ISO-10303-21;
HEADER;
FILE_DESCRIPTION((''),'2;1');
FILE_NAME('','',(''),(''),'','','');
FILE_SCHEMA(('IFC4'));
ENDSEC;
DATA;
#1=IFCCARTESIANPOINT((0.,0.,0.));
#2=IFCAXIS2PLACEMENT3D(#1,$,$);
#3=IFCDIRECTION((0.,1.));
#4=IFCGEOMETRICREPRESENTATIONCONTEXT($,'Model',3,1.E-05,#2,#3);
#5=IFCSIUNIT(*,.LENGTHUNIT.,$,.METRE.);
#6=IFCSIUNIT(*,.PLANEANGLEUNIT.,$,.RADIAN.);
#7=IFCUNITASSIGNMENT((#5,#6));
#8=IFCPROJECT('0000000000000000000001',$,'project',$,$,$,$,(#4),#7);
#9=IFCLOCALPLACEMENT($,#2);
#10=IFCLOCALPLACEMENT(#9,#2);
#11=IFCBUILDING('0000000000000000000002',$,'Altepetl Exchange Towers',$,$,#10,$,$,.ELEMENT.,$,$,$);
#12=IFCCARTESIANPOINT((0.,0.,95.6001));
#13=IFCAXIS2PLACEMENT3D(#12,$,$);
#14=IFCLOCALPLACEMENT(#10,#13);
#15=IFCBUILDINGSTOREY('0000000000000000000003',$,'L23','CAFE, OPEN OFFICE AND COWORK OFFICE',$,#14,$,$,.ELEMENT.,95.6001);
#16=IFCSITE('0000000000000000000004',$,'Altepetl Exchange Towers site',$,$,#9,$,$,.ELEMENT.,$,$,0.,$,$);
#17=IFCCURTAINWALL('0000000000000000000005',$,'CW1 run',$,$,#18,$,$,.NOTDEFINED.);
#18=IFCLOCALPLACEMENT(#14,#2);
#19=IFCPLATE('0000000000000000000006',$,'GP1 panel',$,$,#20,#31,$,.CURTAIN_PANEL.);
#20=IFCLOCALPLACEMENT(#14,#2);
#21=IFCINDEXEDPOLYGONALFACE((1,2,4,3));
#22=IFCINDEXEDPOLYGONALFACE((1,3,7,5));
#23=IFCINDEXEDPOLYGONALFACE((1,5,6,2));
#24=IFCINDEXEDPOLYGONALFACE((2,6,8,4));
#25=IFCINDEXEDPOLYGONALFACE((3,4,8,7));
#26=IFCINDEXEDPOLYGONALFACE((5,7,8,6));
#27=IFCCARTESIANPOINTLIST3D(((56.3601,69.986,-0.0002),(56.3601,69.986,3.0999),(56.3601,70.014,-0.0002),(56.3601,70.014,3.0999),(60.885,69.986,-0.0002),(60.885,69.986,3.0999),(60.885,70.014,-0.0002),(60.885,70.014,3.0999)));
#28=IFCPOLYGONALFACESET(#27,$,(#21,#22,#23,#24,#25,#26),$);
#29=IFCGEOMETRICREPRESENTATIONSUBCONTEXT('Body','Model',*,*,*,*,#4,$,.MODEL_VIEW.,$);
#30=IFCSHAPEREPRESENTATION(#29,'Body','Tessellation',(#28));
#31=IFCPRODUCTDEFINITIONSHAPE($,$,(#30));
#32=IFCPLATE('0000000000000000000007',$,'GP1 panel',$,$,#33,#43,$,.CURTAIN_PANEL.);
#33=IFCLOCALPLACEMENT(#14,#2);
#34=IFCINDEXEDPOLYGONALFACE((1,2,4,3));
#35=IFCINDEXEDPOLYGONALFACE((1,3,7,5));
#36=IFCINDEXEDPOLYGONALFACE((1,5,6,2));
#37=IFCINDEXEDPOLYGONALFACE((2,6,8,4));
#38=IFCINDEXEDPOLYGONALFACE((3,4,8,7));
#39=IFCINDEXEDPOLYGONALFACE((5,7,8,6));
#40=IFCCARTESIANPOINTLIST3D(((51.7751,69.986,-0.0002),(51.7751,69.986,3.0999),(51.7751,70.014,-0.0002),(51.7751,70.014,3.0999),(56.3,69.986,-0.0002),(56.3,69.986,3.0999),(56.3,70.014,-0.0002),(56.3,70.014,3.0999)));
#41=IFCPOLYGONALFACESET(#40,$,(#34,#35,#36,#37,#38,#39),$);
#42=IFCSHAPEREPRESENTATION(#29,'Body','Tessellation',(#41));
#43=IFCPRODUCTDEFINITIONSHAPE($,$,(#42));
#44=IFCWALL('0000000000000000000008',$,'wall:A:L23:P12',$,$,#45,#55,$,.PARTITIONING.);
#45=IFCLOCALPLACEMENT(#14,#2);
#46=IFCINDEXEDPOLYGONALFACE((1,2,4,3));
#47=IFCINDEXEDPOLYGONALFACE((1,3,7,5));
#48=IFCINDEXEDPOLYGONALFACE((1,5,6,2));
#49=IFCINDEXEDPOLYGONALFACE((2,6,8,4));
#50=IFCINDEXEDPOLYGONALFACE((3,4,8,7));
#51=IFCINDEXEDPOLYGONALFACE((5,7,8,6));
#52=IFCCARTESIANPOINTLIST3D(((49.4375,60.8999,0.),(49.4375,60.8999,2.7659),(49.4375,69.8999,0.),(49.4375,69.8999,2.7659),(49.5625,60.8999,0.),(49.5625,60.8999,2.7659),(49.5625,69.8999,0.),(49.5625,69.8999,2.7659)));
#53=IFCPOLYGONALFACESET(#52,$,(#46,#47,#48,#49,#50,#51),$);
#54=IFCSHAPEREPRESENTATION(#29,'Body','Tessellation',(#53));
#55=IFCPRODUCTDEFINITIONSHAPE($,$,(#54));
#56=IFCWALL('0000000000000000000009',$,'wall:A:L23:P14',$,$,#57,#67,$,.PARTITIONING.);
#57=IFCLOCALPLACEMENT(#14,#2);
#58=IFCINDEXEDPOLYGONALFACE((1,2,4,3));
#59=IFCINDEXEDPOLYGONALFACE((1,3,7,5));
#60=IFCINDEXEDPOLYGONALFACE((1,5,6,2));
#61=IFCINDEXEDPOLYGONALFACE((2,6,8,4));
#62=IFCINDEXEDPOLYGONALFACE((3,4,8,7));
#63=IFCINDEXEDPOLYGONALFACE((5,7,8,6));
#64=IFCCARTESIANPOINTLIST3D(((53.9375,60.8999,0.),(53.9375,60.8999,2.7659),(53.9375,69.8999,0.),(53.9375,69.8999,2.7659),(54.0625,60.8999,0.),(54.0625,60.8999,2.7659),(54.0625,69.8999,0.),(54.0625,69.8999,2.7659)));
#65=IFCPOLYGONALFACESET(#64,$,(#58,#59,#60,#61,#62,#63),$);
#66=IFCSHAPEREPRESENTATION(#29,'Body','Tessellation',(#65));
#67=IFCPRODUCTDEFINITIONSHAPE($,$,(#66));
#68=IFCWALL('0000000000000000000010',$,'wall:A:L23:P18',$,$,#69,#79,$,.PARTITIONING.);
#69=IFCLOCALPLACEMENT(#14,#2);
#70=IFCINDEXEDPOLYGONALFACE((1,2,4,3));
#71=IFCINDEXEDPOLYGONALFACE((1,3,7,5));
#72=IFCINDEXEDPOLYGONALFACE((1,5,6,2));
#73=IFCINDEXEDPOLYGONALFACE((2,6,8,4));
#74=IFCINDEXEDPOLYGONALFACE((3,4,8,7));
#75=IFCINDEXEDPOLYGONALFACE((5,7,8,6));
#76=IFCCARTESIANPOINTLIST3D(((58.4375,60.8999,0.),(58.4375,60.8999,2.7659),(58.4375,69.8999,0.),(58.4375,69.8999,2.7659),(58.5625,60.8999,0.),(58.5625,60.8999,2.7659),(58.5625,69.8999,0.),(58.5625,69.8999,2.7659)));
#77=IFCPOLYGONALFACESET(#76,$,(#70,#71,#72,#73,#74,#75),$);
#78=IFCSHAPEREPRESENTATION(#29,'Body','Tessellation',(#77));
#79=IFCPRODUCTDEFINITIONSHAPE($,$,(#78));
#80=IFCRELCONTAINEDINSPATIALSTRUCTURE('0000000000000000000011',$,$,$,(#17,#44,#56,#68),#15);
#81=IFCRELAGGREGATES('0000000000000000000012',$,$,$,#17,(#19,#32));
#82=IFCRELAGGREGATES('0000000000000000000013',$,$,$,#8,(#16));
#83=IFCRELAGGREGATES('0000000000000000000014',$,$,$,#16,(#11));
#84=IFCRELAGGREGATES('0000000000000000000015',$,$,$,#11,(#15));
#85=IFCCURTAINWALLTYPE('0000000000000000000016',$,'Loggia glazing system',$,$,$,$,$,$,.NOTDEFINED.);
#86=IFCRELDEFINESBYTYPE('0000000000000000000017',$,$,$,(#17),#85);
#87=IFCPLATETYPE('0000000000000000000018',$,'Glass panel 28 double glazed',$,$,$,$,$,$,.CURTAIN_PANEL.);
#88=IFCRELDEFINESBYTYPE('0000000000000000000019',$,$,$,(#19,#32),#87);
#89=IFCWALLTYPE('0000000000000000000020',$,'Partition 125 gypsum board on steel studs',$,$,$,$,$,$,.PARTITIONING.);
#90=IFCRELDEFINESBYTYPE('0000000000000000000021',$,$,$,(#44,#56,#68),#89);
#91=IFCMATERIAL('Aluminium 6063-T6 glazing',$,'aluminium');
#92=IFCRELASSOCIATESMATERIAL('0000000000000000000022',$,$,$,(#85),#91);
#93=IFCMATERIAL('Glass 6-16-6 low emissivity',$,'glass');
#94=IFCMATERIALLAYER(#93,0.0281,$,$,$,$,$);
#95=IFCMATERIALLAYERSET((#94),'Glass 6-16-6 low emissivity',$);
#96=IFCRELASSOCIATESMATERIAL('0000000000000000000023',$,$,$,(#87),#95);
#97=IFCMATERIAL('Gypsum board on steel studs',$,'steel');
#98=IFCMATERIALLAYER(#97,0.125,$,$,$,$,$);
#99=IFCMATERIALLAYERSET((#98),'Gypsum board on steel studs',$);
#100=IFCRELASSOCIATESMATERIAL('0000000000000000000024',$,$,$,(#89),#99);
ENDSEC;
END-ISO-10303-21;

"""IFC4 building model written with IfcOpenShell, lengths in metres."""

from ifc_helpers import new_model, si_unit, direction, frame, frame_2d, origin, origin_2d, place, context, subcontext, project, spatial, rectangle, extrude, material, layer, layer_set, type_object, element, aggregate, save


model = new_model("IFC4")

# Units and contexts
model_context = context("Model", 3, precision=1e-05, world=origin(), true_north=direction((0.0, 1.0)))
body_context = subcontext(model_context, "Body", "Model", "MODEL_VIEW")
ifc_project = project(units=[si_unit("LENGTHUNIT", "METRE"), si_unit("PLANEANGLEUNIT", "RADIAN")], contexts=[model_context])

# Site, building, storey
site_placement = place(None, origin())
site = spatial("IfcSite", under=ifc_project, at=site_placement, Name="Altepetl Exchange Towers site", CompositionType="ELEMENT", RefElevation=0.0)
building_placement = place(site_placement, origin())
building = spatial("IfcBuilding", under=site, at=building_placement, Name="Altepetl Exchange Towers", CompositionType="ELEMENT")
storey_placement = place(building_placement, frame((0.0, 0.0, 95.6001)))
storey = spatial("IfcBuildingStorey", under=building, at=storey_placement, Name="L23", Description="CAFE, OPEN OFFICE AND COWORK OFFICE", CompositionType="ELEMENT", Elevation=95.6001)

# Curtain wall
ifc_material_1 = material(Name="Aluminium 6063-T6 glazing", Category="aluminium")
curtain_wall_type = type_object("IfcCurtainWallType", Name="Loggia glazing system", PredefinedType="NOTDEFINED", material=ifc_material_1)
curtain_wall_1_placement = place(storey_placement, origin())
curtain_wall_1 = element("IfcCurtainWall", 1, at=curtain_wall_1_placement, inside=storey, type_object=curtain_wall_type, Name="CW1 run", PredefinedType="NOTDEFINED")

# Plates
ifc_material_2 = material(Name="Glass 6-16-6 low emissivity", Category="glass")
ifc_layer_1 = layer(ifc_material_2, 0.0281)
ifc_layer_set_1 = layer_set([ifc_layer_1], Name="Glass 6-16-6 low emissivity")
plate_type = type_object("IfcPlateType", Name="Glass panel 28 double glazed", PredefinedType="CURTAIN_PANEL", material=ifc_layer_set_1)
plate_1_placement = place(storey_placement, frame((58.6226, 70.0, -0.0002), z_axis=(0.0, 0.0, 1.0), x_axis=(-1.0, 0.0, 0.0)))
plate_1 = element("IfcPlate", 2, at=plate_1_placement, type_object=plate_type, Name="GP1 panel", PredefinedType="CURTAIN_PANEL", context=body_context, shape_type="SweptSolid", body=[
    extrude(rectangle(XDim=4.5249, YDim=0.0281, at=origin_2d()), origin(), (0.0, 0.0, 1.0), 3.1001),
])
plate_2_placement = place(storey_placement, frame((54.0376, 70.0, -0.0002), z_axis=(0.0, 0.0, 1.0), x_axis=(-1.0, 0.0, 0.0)))
plate_2 = element("IfcPlate", 3, at=plate_2_placement, type_object=plate_type, Name="GP1 panel", PredefinedType="CURTAIN_PANEL", context=body_context, shape_type="SweptSolid", body=[
    extrude(rectangle(XDim=4.5249, YDim=0.0281, at=origin_2d()), origin(), (0.0, 0.0, 1.0), 3.1001),
])
aggregate(curtain_wall_1, [plate_1, plate_2])

# Walls
ifc_material_3 = material(Name="Gypsum board on steel studs", Category="steel")
ifc_layer_2 = layer(ifc_material_3, 0.125)
ifc_layer_set_2 = layer_set([ifc_layer_2], Name="Gypsum board on steel studs")
wall_type = type_object("IfcWallType", Name="Partition 125 gypsum board on steel studs", PredefinedType="PARTITIONING", material=ifc_layer_set_2)
for number, where, z_axis, x_axis, name in (
    (4, (49.5, 60.8999, 0.0), (0.0, 0.0, 1.0), (0.0, 1.0, 0.0), "wall:A:L23:P12"),
    (5, (54.0, 60.8999, 0.0), (0.0, 0.0, 1.0), (0.0, 1.0, 0.0), "wall:A:L23:P14"),
    (6, (58.5, 60.8999, 0.0), (0.0, 0.0, 1.0), (0.0, 1.0, 0.0), "wall:A:L23:P18"),
):
    element("IfcWall", number, at=place(storey_placement, frame(where, z_axis=z_axis, x_axis=x_axis)), inside=storey, type_object=wall_type, Name=name, PredefinedType="PARTITIONING", context=body_context, shape_type="SweptSolid", body=[
        extrude(rectangle(XDim=9.0, YDim=0.125, at=frame_2d((4.5, 0.0))), origin(), (0.0, 0.0, 1.0), 2.7659),
    ])

save(model, "model.ifc")
